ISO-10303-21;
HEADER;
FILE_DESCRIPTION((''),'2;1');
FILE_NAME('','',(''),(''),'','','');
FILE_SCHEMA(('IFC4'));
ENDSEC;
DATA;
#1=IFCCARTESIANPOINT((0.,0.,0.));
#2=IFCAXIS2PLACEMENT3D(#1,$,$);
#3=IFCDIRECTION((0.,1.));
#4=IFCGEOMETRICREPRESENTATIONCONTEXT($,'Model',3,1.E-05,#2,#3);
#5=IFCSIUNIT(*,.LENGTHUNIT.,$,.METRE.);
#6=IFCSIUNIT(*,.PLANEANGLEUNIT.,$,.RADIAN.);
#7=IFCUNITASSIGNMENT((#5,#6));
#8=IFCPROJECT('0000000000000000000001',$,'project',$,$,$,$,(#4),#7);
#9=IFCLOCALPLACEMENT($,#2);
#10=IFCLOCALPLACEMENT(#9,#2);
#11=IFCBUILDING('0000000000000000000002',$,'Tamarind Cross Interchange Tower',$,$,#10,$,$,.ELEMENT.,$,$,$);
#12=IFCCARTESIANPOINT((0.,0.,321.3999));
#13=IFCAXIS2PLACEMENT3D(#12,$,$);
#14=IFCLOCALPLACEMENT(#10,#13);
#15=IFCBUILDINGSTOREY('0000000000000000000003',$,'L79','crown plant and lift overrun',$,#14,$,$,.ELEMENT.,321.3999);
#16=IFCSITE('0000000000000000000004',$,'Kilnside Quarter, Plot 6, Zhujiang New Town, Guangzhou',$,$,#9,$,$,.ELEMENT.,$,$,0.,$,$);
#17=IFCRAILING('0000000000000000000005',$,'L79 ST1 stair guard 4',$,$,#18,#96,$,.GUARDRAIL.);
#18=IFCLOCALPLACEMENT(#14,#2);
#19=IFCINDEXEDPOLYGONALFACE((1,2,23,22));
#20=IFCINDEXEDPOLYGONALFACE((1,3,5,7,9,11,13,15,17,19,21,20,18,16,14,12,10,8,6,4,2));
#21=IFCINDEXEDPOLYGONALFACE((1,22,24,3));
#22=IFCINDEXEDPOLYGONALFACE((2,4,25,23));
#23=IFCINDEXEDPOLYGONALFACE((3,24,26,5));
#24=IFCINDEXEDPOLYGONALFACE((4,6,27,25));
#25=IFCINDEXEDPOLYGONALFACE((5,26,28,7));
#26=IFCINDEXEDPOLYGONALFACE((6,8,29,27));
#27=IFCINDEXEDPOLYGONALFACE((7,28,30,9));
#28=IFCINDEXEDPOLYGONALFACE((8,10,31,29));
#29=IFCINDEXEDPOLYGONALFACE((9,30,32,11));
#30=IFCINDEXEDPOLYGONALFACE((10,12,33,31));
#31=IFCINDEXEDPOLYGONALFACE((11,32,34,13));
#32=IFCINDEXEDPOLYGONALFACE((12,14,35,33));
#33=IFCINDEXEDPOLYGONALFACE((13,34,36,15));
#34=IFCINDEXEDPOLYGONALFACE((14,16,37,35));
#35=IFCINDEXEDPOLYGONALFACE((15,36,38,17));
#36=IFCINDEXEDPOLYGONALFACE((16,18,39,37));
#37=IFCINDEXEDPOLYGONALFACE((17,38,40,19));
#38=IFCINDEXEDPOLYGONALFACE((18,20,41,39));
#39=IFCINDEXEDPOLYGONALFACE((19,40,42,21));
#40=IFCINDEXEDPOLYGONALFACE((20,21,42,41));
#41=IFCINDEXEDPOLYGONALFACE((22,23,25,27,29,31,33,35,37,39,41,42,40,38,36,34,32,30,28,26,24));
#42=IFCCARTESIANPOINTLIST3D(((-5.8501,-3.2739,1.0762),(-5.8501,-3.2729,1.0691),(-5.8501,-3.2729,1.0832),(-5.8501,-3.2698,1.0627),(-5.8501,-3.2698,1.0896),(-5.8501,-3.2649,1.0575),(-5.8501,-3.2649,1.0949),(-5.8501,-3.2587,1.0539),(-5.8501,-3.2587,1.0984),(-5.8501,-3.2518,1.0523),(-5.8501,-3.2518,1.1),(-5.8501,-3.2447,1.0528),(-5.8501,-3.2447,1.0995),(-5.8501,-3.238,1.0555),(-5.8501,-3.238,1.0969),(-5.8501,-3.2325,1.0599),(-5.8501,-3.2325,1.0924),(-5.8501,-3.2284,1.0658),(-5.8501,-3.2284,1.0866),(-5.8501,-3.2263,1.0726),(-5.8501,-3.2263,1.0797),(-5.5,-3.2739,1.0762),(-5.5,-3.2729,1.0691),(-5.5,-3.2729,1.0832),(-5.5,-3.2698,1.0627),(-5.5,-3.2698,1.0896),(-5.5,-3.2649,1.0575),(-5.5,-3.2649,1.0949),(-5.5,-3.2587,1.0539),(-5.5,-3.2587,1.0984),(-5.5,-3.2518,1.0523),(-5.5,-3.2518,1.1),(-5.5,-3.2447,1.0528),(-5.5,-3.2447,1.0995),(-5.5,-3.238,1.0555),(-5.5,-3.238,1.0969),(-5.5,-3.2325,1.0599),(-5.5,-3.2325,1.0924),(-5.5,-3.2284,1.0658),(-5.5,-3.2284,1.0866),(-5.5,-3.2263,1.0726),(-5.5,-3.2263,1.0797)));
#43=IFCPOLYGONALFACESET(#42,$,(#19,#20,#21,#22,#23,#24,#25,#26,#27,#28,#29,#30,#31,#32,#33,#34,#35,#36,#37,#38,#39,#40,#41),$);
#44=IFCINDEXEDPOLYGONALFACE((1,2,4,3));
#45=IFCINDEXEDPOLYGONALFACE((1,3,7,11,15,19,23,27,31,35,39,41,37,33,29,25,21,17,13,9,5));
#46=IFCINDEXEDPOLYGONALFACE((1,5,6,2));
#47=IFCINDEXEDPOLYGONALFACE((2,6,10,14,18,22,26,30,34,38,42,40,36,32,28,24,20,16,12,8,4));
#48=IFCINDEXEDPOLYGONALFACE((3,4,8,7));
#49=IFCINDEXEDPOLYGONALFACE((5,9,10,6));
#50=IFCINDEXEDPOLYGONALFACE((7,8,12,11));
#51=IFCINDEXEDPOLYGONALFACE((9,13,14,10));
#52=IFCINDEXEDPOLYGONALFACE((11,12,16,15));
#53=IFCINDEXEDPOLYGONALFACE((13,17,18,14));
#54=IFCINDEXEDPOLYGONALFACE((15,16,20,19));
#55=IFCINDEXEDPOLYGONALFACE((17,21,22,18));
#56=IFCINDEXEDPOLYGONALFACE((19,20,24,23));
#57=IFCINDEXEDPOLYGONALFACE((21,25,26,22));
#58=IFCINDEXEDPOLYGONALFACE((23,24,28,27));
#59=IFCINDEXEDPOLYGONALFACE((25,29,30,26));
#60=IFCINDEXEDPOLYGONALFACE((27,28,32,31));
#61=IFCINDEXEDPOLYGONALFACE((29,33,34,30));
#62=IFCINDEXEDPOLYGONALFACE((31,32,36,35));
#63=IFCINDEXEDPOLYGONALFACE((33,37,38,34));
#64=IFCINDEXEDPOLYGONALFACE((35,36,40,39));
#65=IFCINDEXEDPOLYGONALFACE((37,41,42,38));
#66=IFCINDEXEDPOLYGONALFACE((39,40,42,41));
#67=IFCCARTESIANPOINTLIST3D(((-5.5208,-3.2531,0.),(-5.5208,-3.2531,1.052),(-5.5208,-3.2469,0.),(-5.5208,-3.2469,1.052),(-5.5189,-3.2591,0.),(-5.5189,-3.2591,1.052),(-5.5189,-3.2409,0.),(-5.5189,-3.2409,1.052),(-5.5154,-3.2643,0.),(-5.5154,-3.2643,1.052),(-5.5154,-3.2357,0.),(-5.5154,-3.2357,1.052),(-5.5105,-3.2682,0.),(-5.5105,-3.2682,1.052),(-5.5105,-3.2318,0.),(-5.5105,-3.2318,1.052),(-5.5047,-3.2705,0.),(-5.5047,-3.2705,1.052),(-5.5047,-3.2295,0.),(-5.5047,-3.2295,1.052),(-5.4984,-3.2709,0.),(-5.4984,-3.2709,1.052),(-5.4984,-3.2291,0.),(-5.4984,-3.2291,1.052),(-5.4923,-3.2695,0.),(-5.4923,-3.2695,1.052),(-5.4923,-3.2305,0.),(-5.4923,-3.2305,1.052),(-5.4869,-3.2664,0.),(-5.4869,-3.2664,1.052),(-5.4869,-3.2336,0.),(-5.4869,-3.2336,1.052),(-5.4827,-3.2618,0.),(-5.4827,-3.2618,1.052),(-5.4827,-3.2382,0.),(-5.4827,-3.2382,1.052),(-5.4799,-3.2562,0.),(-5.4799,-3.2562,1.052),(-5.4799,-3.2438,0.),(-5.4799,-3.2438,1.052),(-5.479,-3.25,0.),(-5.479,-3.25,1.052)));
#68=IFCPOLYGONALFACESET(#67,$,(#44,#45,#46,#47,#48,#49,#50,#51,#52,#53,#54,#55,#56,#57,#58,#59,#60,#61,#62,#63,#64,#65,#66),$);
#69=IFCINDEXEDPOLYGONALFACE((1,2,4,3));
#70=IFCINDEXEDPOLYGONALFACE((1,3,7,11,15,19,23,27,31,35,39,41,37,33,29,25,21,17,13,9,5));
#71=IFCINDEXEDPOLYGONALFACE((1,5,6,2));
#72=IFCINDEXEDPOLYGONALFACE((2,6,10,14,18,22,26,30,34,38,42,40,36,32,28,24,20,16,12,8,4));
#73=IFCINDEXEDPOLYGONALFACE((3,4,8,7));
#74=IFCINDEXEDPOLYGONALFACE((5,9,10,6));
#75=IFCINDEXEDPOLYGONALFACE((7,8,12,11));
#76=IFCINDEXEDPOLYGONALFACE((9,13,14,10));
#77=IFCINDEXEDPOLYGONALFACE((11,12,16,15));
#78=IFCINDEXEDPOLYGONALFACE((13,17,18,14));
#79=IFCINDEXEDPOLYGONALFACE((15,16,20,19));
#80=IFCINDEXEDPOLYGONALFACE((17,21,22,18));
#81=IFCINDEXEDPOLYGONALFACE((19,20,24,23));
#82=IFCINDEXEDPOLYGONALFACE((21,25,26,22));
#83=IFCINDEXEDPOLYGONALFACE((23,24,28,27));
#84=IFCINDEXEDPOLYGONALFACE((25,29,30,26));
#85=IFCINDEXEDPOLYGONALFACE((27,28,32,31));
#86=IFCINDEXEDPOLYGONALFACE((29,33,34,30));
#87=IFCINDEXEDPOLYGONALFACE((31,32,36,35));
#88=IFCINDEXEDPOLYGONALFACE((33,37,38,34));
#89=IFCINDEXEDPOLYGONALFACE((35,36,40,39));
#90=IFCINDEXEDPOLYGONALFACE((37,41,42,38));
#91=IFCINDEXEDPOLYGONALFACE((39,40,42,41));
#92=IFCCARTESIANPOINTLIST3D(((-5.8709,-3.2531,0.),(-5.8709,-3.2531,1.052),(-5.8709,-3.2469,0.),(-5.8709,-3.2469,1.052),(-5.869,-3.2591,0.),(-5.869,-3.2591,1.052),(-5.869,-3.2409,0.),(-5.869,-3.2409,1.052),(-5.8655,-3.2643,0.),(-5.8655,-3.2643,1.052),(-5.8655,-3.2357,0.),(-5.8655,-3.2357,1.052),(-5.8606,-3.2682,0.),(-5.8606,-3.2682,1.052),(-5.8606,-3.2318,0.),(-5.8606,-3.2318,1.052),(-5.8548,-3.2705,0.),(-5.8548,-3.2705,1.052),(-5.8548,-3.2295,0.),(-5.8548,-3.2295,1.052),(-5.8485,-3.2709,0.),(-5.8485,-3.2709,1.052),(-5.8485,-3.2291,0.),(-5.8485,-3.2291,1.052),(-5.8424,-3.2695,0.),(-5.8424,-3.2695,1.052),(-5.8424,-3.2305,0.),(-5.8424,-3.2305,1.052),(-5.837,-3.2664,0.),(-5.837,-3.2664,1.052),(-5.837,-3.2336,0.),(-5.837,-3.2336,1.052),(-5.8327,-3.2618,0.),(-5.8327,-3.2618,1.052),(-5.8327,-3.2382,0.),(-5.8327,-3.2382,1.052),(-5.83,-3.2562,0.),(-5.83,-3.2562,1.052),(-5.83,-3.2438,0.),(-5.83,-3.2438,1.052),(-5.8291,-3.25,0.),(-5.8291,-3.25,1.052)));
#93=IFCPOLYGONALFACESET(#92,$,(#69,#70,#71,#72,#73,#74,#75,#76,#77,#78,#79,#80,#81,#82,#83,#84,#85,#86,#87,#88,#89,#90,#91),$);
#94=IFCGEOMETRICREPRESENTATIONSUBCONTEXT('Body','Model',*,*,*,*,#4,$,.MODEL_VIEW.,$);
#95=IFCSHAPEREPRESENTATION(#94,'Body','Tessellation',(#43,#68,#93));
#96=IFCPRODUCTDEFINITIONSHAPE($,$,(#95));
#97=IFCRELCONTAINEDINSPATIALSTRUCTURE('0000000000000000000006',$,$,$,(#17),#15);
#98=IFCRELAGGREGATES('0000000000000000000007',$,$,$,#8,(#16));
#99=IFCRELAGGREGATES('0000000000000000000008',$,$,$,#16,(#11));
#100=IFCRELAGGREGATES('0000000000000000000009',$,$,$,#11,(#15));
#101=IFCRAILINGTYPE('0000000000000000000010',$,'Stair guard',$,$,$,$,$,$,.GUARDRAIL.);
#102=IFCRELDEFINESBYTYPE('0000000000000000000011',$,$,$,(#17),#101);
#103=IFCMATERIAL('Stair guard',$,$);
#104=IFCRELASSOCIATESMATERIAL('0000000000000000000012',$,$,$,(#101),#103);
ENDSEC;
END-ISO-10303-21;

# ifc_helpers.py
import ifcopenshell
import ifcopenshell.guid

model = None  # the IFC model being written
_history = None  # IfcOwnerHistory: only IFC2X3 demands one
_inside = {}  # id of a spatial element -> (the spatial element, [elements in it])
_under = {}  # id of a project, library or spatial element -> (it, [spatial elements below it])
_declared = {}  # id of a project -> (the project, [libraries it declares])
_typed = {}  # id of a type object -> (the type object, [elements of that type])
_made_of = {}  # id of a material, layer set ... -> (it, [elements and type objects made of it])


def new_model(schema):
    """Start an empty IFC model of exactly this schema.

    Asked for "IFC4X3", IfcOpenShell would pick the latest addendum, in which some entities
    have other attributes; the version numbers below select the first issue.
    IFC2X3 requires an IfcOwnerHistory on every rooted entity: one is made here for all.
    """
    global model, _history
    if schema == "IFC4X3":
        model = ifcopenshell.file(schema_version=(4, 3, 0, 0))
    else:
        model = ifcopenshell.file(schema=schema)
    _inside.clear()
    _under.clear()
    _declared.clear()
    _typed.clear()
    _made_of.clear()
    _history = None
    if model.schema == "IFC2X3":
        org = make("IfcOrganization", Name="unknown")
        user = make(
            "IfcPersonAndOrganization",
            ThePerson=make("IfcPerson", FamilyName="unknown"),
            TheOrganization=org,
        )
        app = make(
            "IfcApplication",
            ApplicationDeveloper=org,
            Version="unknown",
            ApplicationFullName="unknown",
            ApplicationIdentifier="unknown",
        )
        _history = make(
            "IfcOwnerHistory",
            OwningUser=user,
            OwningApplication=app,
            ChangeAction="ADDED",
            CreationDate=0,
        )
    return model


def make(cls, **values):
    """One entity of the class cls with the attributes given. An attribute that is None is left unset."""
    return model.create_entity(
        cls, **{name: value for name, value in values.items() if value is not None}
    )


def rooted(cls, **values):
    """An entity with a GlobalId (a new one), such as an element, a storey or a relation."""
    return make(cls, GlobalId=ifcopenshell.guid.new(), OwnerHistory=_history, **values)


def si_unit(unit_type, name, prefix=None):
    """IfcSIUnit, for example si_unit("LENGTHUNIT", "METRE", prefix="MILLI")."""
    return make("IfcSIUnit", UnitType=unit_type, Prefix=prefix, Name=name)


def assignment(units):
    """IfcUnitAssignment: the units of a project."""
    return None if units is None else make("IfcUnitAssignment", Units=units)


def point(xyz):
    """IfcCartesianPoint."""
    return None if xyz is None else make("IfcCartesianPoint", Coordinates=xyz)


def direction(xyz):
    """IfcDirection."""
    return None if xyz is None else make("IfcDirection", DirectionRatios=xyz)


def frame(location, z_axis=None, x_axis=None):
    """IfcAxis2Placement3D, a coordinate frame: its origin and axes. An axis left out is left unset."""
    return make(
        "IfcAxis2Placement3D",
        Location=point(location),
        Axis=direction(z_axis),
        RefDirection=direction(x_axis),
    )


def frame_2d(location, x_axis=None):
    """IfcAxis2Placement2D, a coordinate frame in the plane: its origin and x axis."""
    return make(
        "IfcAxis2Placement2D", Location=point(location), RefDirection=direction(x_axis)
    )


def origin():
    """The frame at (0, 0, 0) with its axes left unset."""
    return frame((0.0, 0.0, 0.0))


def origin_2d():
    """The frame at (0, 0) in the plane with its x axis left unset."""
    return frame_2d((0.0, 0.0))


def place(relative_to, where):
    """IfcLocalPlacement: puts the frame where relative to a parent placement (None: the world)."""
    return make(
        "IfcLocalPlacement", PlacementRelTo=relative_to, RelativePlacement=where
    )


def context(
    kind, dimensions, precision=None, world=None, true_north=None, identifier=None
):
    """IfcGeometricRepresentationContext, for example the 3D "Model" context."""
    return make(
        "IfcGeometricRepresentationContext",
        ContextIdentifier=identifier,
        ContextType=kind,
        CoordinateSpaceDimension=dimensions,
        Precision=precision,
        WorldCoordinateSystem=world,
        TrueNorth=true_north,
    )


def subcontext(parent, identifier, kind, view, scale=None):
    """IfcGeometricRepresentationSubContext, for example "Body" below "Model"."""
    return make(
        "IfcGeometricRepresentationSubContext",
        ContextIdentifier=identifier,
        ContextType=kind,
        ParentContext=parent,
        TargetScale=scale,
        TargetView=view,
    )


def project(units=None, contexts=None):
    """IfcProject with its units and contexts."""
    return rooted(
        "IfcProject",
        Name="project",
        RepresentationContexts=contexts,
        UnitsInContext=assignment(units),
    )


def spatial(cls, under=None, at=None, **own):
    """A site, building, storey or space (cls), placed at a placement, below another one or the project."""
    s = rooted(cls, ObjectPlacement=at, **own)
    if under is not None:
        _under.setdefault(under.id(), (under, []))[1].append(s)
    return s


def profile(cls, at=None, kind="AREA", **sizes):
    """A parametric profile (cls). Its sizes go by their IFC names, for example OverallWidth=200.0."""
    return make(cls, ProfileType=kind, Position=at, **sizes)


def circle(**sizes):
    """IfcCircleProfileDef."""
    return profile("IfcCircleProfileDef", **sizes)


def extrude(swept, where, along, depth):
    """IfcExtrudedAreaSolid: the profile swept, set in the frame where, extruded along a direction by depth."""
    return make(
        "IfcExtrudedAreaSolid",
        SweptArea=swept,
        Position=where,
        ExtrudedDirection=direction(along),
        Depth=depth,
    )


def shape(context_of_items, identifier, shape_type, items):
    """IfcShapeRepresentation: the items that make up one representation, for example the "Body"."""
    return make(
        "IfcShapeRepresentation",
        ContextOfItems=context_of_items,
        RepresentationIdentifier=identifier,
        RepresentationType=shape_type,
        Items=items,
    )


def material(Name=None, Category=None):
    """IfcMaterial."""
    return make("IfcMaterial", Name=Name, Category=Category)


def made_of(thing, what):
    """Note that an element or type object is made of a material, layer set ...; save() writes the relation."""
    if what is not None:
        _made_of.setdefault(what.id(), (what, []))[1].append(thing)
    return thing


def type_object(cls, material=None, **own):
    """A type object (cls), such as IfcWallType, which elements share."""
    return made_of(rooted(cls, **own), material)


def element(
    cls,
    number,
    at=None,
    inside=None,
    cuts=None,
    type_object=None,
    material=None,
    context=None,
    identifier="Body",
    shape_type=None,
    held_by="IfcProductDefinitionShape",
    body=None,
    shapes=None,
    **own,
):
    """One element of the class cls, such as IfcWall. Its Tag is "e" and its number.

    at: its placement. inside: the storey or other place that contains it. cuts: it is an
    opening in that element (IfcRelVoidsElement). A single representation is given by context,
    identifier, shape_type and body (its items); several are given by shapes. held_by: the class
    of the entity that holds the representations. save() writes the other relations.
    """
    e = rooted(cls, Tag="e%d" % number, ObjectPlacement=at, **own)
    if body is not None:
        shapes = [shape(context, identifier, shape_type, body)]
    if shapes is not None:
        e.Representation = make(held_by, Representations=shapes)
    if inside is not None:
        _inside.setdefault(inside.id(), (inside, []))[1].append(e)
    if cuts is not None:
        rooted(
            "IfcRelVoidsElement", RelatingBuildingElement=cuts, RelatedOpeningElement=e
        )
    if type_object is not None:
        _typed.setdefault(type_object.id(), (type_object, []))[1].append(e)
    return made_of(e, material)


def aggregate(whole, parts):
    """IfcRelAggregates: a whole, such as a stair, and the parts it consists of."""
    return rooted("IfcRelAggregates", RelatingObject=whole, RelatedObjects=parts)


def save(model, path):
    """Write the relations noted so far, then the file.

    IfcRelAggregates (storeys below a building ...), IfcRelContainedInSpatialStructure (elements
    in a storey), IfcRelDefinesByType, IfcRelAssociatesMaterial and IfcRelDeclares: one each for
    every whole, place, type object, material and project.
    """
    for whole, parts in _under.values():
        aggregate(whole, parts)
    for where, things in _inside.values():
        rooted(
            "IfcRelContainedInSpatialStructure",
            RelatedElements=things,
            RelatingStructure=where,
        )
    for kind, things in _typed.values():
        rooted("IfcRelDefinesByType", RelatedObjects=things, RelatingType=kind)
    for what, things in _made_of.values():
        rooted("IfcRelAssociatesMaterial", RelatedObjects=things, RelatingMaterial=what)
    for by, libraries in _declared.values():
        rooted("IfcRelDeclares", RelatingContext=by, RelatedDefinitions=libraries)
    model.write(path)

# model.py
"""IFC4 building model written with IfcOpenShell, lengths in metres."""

from ifc_helpers import new_model, si_unit, direction, frame, origin, origin_2d, place, context, subcontext, project, spatial, circle, extrude, material, type_object, element, save


model = new_model("IFC4")

# Units and contexts
model_context = context("Model", 3, precision=1e-05, world=origin(), true_north=direction((0.0, 1.0)))
body_context = subcontext(model_context, "Body", "Model", "MODEL_VIEW")
ifc_project = project(units=[si_unit("LENGTHUNIT", "METRE"), si_unit("PLANEANGLEUNIT", "RADIAN")], contexts=[model_context])

# Site, building, storey
site_placement = place(None, origin())
site = spatial("IfcSite", under=ifc_project, at=site_placement, Name="Kilnside Quarter, Plot 6, Zhujiang New Town, Guangzhou", CompositionType="ELEMENT", RefElevation=0.0)
building_placement = place(site_placement, origin())
building = spatial("IfcBuilding", under=site, at=building_placement, Name="Tamarind Cross Interchange Tower", CompositionType="ELEMENT")
storey_placement = place(building_placement, frame((0.0, 0.0, 321.3999)))
storey = spatial("IfcBuildingStorey", under=building, at=storey_placement, Name="L79", Description="crown plant and lift overrun", CompositionType="ELEMENT", Elevation=321.3999)

# Railing
ifc_material_1 = material(Name="Stair guard")
railing_type_1 = type_object("IfcRailingType", Name="Stair guard", PredefinedType="GUARDRAIL", material=ifc_material_1)
railing_1_placement = place(storey_placement, frame((-5.5, -3.25, 0.0)))
element("IfcRailing", 1, at=railing_1_placement, inside=storey, type_object=railing_type_1, Name="L79 ST1 stair guard 4", PredefinedType="GUARDRAIL", context=body_context, shape_type="SweptSolid", body=[
    extrude(circle(Radius=0.0239, at=origin_2d()), frame((0.0, 0.0, 1.0762), z_axis=(-1.0, 0.0, 0.0), x_axis=(0.0, -1.0, 0.0)), (0.0, 0.0, 1.0), 0.3501),
    extrude(circle(Radius=0.021, at=origin_2d()), origin(), (0.0, 0.0, 1.0), 1.052),
    extrude(circle(Radius=0.021, at=origin_2d()), frame((-0.3501, 0.0, 0.0)), (0.0, 0.0, 1.0), 1.052),
])

save(model, "model.ifc")
